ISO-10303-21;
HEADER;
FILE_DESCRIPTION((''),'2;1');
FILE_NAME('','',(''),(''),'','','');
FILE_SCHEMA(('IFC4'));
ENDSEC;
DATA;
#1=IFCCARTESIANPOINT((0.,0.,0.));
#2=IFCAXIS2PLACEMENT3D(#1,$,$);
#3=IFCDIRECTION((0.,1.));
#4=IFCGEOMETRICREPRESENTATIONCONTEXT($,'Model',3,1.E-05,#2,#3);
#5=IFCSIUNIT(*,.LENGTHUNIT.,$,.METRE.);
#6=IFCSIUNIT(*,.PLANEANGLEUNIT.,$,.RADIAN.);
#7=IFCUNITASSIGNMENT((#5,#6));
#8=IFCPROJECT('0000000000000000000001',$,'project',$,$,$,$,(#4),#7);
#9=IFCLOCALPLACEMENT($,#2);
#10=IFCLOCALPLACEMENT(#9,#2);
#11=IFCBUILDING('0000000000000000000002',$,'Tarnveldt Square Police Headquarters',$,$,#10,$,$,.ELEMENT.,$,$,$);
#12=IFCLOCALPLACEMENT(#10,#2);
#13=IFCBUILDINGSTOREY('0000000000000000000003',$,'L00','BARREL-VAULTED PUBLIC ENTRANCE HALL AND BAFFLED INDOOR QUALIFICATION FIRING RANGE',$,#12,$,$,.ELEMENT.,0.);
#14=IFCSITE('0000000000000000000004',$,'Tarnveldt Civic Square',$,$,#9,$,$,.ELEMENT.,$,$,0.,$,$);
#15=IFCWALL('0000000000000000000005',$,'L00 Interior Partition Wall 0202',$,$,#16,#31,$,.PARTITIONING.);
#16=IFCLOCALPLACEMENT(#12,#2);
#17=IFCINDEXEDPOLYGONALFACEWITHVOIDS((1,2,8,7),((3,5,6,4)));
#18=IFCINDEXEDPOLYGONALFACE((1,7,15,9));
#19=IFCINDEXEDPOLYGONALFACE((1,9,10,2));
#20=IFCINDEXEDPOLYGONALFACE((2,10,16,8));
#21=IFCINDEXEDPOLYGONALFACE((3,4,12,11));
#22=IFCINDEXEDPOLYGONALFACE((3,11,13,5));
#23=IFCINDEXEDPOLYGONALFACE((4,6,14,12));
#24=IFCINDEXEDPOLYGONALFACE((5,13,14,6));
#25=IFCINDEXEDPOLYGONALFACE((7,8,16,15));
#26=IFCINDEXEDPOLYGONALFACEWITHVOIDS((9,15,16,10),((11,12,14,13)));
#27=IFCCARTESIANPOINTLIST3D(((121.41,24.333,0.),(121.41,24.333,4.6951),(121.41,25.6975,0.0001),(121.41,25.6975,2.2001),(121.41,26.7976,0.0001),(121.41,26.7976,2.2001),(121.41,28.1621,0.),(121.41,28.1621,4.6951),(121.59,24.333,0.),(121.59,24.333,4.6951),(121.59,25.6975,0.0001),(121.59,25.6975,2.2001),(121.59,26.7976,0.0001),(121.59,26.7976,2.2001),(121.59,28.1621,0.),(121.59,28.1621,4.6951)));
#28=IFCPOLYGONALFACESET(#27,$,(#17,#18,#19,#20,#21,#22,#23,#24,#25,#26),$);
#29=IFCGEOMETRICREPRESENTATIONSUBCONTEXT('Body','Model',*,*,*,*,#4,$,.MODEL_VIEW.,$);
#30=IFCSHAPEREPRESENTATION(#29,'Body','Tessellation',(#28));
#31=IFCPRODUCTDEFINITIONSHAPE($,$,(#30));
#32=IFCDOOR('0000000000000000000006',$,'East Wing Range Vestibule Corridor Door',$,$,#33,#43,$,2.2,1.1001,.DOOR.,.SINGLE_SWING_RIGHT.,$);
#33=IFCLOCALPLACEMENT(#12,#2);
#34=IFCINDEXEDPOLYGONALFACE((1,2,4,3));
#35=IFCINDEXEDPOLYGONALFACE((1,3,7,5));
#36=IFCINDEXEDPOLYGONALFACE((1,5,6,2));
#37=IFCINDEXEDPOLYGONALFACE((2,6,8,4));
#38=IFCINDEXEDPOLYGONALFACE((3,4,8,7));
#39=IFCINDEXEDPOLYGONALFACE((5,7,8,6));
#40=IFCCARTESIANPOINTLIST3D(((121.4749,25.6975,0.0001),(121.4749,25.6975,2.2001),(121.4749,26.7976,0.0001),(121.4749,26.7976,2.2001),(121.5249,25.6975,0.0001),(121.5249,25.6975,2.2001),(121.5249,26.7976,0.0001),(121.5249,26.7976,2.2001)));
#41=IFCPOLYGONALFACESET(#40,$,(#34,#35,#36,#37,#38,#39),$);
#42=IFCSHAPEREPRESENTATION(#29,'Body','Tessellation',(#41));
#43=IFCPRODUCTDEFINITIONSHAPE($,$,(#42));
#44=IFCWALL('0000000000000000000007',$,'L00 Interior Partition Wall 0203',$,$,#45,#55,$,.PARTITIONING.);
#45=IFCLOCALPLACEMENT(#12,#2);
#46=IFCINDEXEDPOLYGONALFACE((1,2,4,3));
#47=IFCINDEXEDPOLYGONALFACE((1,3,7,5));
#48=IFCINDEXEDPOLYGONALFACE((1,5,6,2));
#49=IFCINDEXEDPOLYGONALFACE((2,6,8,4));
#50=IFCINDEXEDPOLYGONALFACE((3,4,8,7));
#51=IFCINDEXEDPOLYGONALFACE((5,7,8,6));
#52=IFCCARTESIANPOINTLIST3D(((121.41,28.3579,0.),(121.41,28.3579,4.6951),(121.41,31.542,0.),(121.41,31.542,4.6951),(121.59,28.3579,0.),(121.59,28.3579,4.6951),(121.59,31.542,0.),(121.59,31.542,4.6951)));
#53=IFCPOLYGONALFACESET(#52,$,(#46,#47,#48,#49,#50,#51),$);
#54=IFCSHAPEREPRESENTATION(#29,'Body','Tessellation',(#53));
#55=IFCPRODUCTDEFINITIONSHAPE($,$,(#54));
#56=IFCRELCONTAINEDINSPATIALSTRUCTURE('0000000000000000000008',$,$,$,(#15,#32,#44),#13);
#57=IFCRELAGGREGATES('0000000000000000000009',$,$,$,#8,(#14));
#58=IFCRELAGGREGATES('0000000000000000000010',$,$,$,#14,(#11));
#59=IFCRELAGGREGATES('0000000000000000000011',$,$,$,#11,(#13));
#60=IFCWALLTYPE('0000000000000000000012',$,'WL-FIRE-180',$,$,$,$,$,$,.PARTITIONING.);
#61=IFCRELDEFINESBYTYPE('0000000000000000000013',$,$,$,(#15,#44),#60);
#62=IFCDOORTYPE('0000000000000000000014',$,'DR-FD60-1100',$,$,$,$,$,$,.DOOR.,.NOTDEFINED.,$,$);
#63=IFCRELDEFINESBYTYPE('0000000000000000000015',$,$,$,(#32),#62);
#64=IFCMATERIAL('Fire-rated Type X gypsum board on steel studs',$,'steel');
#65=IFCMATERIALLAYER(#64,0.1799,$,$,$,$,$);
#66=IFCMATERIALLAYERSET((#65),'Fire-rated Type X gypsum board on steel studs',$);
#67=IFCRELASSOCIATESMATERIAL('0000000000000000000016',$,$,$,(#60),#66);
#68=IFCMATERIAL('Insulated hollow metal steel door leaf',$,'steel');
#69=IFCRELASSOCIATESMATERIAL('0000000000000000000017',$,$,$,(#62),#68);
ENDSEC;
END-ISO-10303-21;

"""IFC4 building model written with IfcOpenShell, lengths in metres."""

from ifc_helpers import new_model, si_unit, direction, frame, frame_2d, origin, place, context, subcontext, project, spatial, rectangle, extrude, material, layer, layer_set, type_object, element, fill, save


model = new_model("IFC4")

# Units and contexts
model_context = context("Model", 3, precision=1e-05, world=origin(), true_north=direction((0.0, 1.0)))
body_context = subcontext(model_context, "Body", "Model", "MODEL_VIEW")
ifc_project = project(units=[si_unit("LENGTHUNIT", "METRE"), si_unit("PLANEANGLEUNIT", "RADIAN")], contexts=[model_context])

# Site, building, storey
site_placement = place(None, origin())
site = spatial("IfcSite", under=ifc_project, at=site_placement, Name="Tarnveldt Civic Square", CompositionType="ELEMENT", RefElevation=0.0)
building_placement = place(site_placement, origin())
building = spatial("IfcBuilding", under=site, at=building_placement, Name="Tarnveldt Square Police Headquarters", CompositionType="ELEMENT")
storey_placement = place(building_placement, origin())
storey = spatial("IfcBuildingStorey", under=building, at=storey_placement, Name="L00", Description="BARREL-VAULTED PUBLIC ENTRANCE HALL AND BAFFLED INDOOR QUALIFICATION FIRING RANGE", CompositionType="ELEMENT", Elevation=0.0)

# Shared definitions
ifc_material_1 = material(Name="Fire-rated Type X gypsum board on steel studs", Category="steel")

# Wall, opening, door
ifc_layer_1 = layer(ifc_material_1, 0.1799)
ifc_layer_set_1 = layer_set([ifc_layer_1], Name="Fire-rated Type X gypsum board on steel studs")
wall_type_1 = type_object("IfcWallType", Name="WL-FIRE-180", PredefinedType="PARTITIONING", material=ifc_layer_set_1)
ifc_material_2 = material(Name="Insulated hollow metal steel door leaf", Category="steel")
door_type_1 = type_object("IfcDoorType", Name="DR-FD60-1100", OperationType="NOTDEFINED", PredefinedType="DOOR", material=ifc_material_2)
wall_1_placement = place(storey_placement, frame((121.5, 24.333, 0.0), z_axis=(0.0, 0.0, 1.0), x_axis=(0.0, 1.0, 0.0)))
wall_1 = element("IfcWall", 1, at=wall_1_placement, inside=storey, type_object=wall_type_1, Name="L00 Interior Partition Wall 0202", PredefinedType="PARTITIONING", context=body_context, shape_type="SweptSolid", body=[
    extrude(rectangle(XDim=3.8291, YDim=0.1799, at=frame_2d((1.9146, 0.0))), origin(), (0.0, 0.0, 1.0), 4.6951),
])
opening_1_placement = place(wall_1_placement, frame((1.3645, 0.0, 0.0)))
opening_1 = element("IfcOpeningElement", 2, at=opening_1_placement, cuts=wall_1, PredefinedType="OPENING", context=body_context, shape_type="SweptSolid", body=[
    extrude(rectangle(XDim=1.1001, YDim=2.2, at=frame_2d((0.55, 1.1001))), frame((0.0, 0.0999, 0.0), z_axis=(0.0, -1.0, 0.0), x_axis=(1.0, 0.0, 0.0)), (0.0, 0.0, 1.0), 0.2),
])
door_1_placement = place(opening_1_placement, frame((1.1001, 0.0, 0.0), z_axis=(0.0, 0.0, 1.0), x_axis=(-1.0, 0.0, 0.0)))
door_1 = element("IfcDoor", 3, at=door_1_placement, inside=storey, type_object=door_type_1, Name="East Wing Range Vestibule Corridor Door", OperationType="SINGLE_SWING_RIGHT", OverallHeight=2.2, OverallWidth=1.1001, PredefinedType="DOOR", context=body_context, shape_type="SweptSolid", body=[
    extrude(rectangle(XDim=1.1001, YDim=2.2, at=frame_2d((0.55, 1.1001))), frame((0.0, 0.0249, 0.0), z_axis=(0.0, -1.0, 0.0), x_axis=(1.0, 0.0, 0.0)), (0.0, 0.0, 1.0), 0.05),
])
fill(opening_1, door_1)

# Wall
wall_2_placement = place(storey_placement, frame((121.5, 28.3579, 0.0), z_axis=(0.0, 0.0, 1.0), x_axis=(0.0, 1.0, 0.0)))
element("IfcWall", 4, at=wall_2_placement, inside=storey, type_object=wall_type_1, Name="L00 Interior Partition Wall 0203", PredefinedType="PARTITIONING", context=body_context, shape_type="SweptSolid", body=[
    extrude(rectangle(XDim=3.1841, YDim=0.1799, at=frame_2d((1.592, 0.0))), origin(), (0.0, 0.0, 1.0), 4.6951),
])

save(model, "model.ifc")
